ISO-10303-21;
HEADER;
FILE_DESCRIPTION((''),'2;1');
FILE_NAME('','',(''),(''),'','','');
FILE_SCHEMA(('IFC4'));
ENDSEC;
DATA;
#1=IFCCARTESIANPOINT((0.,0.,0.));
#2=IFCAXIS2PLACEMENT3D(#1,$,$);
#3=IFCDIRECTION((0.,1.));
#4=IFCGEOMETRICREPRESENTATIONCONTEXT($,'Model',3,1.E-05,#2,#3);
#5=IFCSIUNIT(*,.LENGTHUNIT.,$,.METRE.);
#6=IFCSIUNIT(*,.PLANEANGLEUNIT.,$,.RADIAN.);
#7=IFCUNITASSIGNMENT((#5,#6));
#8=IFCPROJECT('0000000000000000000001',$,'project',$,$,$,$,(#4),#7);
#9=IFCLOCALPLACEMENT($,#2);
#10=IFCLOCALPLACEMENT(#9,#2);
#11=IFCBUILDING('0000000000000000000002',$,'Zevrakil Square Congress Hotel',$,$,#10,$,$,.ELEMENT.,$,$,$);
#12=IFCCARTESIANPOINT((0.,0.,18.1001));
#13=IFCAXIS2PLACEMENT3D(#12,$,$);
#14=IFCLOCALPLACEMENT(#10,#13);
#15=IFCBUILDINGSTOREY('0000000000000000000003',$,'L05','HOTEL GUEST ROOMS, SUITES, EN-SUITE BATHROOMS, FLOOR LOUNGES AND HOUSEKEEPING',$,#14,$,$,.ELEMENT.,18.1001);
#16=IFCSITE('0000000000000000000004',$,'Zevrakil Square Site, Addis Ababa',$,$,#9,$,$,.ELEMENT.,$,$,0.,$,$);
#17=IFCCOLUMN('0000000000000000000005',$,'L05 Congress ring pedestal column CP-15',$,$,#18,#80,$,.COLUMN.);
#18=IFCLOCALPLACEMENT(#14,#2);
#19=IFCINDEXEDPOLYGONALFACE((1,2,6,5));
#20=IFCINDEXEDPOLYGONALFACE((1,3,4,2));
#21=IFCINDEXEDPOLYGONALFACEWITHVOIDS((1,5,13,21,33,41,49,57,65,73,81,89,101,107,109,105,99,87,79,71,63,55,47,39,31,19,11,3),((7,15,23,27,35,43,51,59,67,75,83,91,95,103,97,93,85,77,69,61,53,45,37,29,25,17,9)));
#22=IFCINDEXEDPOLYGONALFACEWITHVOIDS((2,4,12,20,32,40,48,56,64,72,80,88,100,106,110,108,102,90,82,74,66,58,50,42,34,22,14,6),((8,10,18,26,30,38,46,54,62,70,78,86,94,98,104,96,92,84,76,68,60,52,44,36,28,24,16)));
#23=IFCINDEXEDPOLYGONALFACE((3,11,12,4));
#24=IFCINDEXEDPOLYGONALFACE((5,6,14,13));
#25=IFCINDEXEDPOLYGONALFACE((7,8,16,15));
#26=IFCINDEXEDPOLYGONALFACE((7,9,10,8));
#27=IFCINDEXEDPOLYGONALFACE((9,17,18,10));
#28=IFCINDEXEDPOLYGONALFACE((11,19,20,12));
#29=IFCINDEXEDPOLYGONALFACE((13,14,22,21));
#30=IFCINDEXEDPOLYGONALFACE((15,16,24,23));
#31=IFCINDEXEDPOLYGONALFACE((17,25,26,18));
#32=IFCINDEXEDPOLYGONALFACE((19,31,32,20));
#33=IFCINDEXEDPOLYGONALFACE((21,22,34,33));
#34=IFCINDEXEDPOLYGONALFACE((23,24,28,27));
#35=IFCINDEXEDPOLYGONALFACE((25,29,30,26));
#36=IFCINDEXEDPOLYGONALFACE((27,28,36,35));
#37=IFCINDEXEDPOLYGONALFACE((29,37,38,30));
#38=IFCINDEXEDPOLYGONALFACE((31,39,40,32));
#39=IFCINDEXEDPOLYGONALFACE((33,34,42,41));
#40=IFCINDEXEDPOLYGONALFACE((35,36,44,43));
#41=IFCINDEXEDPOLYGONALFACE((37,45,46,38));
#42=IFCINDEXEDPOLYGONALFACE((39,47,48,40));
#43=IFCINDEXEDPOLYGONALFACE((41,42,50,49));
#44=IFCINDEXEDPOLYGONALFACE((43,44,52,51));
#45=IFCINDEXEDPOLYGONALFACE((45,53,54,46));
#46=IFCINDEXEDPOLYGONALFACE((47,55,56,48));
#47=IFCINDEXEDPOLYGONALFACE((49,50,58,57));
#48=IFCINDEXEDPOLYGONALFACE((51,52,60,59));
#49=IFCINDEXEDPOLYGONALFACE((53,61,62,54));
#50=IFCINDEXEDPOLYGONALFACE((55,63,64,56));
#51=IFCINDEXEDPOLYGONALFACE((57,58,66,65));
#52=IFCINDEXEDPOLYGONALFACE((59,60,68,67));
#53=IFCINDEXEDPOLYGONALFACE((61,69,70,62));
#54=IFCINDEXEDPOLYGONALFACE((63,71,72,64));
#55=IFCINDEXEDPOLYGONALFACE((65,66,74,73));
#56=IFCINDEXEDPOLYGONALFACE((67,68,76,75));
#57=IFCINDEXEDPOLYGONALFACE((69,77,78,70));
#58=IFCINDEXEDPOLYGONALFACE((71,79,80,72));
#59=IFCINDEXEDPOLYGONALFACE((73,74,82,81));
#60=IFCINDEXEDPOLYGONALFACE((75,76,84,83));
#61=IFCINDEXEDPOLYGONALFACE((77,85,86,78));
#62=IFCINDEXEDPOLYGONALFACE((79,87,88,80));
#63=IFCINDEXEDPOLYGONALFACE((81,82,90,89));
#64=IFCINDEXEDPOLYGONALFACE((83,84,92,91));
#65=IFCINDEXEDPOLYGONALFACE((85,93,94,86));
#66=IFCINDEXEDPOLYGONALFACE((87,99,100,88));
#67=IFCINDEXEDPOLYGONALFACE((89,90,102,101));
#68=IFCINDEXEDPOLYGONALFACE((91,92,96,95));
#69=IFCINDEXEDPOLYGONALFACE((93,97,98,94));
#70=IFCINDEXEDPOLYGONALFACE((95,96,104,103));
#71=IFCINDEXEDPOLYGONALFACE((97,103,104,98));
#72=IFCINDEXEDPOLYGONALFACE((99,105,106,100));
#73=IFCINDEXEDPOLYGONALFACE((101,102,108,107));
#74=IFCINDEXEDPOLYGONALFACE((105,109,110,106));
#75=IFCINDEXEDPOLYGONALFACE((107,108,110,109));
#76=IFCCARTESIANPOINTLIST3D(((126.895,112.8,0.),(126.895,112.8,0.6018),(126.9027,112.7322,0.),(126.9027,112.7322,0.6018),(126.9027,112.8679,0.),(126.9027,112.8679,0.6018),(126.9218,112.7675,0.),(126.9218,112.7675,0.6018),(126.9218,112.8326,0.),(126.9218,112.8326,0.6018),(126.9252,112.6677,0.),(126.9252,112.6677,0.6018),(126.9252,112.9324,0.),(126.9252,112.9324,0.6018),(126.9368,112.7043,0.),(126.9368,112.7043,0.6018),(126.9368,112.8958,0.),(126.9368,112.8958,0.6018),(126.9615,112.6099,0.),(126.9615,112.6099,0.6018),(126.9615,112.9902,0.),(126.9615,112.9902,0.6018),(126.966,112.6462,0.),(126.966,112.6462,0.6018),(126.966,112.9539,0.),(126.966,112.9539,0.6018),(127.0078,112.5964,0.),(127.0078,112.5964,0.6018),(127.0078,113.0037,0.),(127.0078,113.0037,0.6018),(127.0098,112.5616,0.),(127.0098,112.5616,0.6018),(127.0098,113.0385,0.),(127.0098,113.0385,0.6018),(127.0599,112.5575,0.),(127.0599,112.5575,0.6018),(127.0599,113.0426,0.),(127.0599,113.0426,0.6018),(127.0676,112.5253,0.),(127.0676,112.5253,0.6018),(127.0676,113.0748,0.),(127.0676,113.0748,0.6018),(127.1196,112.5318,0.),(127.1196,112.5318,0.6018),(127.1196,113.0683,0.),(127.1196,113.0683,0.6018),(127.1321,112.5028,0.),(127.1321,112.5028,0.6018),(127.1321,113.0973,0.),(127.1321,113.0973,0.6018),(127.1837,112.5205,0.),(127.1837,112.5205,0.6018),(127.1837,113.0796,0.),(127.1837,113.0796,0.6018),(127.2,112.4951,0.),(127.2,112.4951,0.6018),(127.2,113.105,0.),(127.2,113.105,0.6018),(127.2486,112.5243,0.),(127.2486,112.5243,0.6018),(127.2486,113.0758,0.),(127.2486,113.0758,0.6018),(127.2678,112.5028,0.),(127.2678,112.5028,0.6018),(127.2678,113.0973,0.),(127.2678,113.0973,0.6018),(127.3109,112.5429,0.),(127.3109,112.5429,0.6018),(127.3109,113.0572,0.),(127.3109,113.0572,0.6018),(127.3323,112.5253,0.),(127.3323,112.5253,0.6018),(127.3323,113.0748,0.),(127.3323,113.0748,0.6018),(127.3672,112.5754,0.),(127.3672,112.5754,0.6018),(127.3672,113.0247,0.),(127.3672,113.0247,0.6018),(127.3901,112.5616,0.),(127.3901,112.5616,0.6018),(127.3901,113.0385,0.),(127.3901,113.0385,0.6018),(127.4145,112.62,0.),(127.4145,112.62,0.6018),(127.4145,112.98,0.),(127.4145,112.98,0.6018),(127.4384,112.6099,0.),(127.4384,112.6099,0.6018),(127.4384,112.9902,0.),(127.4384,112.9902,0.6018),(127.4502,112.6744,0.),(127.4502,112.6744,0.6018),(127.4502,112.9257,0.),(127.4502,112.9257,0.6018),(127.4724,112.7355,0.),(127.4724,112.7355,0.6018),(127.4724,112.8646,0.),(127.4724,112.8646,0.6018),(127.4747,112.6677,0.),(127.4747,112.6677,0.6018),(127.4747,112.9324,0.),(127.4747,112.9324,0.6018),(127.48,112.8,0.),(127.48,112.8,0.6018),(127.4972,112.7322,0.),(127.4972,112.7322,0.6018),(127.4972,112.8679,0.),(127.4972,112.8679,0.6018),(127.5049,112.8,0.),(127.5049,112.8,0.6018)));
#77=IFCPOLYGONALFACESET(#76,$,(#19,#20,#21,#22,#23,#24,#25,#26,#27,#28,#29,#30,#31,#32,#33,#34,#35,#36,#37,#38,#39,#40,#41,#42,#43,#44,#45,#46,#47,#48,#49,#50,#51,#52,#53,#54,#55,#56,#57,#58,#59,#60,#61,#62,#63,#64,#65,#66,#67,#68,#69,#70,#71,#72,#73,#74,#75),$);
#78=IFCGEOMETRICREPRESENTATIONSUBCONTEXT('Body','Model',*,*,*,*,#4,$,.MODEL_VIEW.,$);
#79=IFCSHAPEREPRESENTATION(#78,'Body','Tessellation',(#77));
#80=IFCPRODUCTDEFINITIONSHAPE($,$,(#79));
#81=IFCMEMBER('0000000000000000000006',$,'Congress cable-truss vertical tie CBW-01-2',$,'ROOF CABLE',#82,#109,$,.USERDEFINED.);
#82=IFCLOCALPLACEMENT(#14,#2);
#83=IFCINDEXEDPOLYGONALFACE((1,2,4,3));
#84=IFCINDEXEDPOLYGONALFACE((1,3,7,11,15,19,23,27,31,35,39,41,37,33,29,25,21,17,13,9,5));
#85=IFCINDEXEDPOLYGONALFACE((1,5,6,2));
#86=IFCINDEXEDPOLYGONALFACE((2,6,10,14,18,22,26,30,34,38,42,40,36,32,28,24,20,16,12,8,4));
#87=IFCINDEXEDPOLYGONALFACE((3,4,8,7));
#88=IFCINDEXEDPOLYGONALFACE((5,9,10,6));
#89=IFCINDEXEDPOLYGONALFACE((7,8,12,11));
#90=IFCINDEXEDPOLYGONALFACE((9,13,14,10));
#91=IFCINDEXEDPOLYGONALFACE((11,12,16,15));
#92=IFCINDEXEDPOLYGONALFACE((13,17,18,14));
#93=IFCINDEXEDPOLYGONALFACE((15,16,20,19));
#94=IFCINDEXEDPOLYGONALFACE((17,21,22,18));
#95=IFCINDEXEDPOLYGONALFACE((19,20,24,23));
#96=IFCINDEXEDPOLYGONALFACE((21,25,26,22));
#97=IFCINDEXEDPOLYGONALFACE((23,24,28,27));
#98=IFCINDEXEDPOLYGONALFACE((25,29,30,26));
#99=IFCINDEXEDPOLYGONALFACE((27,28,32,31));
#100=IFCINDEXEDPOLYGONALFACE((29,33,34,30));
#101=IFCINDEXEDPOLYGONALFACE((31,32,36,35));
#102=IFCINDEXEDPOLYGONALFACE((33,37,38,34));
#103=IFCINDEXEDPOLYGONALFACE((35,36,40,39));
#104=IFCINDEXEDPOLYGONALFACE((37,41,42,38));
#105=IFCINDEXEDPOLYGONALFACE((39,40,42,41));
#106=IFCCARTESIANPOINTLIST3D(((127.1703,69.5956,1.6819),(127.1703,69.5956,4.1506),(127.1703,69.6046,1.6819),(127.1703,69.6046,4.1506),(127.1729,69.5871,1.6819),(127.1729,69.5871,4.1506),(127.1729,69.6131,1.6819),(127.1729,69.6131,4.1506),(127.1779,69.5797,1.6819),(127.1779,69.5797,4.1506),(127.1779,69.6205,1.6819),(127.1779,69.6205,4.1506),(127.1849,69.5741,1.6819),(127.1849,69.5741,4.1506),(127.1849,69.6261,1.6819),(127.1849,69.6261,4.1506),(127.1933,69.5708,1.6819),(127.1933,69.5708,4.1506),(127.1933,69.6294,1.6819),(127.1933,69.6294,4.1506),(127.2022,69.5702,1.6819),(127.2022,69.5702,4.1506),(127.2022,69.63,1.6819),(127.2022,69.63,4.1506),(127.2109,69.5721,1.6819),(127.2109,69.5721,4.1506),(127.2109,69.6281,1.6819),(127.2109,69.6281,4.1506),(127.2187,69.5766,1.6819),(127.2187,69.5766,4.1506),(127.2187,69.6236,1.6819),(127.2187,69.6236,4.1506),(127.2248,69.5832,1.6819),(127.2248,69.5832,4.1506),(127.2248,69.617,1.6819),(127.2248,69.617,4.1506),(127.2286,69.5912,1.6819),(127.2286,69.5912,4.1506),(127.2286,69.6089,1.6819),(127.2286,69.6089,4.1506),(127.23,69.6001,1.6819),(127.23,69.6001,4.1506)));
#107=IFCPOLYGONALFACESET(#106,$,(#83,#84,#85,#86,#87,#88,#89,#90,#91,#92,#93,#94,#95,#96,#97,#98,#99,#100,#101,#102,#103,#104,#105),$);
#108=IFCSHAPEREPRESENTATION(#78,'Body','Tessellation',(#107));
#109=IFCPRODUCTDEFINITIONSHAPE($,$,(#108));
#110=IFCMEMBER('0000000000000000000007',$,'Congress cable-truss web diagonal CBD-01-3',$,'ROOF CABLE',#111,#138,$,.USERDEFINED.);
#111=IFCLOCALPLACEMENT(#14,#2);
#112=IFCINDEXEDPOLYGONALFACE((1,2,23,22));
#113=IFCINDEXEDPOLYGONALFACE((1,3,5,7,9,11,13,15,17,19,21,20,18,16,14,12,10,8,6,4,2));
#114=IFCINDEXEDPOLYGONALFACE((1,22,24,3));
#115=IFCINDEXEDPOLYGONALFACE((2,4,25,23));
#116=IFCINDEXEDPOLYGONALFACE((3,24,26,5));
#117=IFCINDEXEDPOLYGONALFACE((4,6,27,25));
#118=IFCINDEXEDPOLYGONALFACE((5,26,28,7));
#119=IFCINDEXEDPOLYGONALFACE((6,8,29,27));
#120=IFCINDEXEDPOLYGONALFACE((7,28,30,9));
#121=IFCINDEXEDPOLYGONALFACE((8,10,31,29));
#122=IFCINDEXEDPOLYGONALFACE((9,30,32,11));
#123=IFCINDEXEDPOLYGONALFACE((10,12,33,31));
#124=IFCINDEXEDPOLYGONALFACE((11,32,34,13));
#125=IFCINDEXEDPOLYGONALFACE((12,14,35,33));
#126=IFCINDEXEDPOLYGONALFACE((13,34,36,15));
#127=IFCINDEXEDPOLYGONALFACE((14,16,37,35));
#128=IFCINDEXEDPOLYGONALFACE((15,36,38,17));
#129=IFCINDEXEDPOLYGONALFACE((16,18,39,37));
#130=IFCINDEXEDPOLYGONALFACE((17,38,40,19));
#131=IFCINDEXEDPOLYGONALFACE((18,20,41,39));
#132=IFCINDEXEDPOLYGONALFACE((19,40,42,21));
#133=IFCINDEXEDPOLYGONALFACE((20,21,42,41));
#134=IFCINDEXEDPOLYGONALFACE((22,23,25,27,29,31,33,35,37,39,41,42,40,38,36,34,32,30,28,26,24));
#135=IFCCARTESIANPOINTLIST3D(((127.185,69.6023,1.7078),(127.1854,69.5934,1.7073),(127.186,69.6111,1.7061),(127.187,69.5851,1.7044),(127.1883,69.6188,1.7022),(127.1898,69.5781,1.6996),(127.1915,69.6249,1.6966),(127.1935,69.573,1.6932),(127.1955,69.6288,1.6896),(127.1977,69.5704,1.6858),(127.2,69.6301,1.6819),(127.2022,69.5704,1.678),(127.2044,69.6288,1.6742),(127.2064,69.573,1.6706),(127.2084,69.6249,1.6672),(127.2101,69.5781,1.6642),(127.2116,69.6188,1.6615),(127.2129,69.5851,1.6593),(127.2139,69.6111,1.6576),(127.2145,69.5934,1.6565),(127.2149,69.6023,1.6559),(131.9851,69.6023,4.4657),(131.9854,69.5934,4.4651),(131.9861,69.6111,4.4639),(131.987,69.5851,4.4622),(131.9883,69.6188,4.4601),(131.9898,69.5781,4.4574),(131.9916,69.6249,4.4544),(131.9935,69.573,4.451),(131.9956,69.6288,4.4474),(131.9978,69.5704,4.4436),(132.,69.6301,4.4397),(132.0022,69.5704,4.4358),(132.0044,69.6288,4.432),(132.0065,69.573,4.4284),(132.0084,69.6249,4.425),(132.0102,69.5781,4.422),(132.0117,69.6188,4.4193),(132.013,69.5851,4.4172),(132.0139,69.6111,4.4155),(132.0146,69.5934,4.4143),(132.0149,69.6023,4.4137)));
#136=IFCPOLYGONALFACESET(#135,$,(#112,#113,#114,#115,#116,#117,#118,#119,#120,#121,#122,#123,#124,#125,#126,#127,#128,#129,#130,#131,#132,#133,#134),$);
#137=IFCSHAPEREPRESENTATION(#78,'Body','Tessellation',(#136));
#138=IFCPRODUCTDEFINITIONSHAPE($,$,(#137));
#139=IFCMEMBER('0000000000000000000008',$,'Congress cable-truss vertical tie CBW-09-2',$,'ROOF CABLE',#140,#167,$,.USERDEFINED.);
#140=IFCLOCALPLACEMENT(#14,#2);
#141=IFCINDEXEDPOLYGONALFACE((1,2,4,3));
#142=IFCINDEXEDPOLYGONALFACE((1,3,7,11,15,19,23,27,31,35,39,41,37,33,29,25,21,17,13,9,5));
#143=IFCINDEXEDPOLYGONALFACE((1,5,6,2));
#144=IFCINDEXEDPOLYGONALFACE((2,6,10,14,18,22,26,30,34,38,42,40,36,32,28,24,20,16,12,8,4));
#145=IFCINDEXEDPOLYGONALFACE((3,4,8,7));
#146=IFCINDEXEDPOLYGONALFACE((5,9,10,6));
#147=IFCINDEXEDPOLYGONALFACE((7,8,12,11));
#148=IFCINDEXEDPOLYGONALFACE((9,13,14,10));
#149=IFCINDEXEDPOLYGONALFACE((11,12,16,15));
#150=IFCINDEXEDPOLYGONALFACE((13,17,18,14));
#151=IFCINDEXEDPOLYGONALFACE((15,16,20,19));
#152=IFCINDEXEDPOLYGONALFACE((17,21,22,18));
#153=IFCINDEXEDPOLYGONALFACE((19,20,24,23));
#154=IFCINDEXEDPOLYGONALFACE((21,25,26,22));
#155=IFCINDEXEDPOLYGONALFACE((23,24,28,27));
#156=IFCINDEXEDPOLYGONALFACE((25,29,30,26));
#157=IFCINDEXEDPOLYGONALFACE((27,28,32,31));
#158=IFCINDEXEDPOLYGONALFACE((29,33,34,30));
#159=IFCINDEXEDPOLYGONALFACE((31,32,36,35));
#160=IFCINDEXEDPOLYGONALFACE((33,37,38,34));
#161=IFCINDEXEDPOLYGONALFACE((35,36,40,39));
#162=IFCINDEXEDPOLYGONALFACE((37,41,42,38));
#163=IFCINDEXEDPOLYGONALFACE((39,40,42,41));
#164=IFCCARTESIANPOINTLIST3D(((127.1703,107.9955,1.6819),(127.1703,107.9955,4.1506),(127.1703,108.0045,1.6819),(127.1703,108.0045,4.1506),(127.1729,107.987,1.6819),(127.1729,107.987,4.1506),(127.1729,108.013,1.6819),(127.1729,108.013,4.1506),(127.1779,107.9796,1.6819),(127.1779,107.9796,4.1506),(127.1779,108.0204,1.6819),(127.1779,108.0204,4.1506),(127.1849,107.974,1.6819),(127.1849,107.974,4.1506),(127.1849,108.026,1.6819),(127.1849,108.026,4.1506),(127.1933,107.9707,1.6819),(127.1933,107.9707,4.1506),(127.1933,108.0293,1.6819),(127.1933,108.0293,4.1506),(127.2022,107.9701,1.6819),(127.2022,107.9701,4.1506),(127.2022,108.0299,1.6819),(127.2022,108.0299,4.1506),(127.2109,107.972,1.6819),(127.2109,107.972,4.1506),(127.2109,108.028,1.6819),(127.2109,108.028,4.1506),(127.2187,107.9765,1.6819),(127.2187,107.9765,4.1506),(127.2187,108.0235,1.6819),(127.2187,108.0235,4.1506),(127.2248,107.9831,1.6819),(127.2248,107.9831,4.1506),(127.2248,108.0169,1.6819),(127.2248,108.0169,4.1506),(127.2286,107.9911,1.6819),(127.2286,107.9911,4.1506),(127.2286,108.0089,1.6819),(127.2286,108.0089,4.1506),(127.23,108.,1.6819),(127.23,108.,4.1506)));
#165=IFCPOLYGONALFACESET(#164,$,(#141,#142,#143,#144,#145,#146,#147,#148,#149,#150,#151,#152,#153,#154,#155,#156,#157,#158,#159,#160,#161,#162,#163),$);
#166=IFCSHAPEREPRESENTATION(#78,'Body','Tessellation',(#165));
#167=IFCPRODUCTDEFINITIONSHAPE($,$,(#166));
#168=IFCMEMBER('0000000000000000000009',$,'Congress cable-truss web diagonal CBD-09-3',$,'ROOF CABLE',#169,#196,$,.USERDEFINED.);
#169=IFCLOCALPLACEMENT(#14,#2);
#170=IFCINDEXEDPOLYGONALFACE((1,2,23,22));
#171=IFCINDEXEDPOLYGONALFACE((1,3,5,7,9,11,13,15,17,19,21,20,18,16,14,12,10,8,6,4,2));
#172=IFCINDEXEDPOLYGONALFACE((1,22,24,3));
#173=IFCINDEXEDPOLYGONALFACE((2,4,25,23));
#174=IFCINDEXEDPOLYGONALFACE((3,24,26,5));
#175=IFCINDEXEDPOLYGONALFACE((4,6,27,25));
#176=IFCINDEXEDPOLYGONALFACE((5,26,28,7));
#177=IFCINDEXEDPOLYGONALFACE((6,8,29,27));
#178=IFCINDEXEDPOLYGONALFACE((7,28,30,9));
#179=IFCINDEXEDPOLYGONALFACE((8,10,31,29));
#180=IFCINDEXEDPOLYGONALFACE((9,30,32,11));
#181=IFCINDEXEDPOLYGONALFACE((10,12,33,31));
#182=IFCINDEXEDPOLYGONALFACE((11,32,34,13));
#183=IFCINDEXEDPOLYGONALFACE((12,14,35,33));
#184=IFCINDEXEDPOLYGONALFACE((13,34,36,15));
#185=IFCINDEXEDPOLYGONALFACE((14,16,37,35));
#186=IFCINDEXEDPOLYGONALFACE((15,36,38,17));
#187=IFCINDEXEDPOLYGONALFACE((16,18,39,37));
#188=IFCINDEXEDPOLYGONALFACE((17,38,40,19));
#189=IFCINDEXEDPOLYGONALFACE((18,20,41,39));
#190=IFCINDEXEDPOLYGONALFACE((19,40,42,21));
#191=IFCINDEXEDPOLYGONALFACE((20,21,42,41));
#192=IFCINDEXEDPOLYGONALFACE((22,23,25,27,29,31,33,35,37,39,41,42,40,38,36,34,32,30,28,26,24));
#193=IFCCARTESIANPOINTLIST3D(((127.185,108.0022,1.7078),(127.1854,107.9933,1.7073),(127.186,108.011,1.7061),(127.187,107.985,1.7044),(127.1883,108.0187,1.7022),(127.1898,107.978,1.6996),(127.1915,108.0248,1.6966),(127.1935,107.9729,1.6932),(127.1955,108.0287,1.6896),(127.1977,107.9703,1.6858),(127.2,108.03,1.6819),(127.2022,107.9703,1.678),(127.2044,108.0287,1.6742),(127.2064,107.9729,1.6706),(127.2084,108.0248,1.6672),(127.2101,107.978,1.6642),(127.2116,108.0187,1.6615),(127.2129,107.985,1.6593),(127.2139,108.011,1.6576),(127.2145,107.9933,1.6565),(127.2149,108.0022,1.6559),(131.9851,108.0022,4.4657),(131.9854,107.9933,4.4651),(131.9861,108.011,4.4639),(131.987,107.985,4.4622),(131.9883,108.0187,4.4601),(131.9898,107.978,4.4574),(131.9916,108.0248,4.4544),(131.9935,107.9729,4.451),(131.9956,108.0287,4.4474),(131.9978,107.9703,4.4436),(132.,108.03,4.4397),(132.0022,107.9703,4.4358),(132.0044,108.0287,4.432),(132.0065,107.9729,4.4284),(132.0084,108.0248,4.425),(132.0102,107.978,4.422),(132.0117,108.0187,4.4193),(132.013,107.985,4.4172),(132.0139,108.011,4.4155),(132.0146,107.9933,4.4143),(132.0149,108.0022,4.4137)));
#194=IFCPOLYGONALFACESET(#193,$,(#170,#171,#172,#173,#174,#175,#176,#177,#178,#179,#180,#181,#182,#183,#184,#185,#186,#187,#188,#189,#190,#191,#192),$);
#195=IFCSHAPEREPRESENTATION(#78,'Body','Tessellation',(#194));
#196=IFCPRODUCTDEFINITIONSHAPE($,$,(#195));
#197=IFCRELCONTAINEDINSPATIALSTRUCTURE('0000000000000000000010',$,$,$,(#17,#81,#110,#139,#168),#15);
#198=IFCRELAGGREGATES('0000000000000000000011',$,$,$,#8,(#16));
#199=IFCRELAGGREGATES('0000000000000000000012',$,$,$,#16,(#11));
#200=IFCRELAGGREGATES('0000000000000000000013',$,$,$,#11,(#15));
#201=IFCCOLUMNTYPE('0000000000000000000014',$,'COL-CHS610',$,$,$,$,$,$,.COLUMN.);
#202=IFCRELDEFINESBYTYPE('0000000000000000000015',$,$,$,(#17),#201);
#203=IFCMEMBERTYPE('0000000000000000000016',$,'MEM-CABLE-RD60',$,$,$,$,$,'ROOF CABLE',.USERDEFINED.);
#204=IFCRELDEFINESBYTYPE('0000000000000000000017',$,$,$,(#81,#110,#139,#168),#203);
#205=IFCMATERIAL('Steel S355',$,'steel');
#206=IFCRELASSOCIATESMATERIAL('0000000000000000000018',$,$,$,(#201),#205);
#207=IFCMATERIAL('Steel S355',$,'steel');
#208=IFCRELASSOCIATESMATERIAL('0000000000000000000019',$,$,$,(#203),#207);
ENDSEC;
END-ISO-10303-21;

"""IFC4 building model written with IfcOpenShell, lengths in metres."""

from ifc_helpers import new_model, si_unit, direction, frame, origin, origin_2d, place, context, subcontext, project, spatial, circle, hollow_circle, extrude, material, material_profile, profile_set, type_object, element, save


model = new_model("IFC4")

# Units and contexts
model_context = context("Model", 3, precision=1e-05, world=origin(), true_north=direction((0.0, 1.0)))
body_context = subcontext(model_context, "Body", "Model", "MODEL_VIEW")
ifc_project = project(units=[si_unit("LENGTHUNIT", "METRE"), si_unit("PLANEANGLEUNIT", "RADIAN")], contexts=[model_context])

# Site, building, storey
site_placement = place(None, origin())
site = spatial("IfcSite", under=ifc_project, at=site_placement, Name="Zevrakil Square Site, Addis Ababa", CompositionType="ELEMENT", RefElevation=0.0)
building_placement = place(site_placement, origin())
building = spatial("IfcBuilding", under=site, at=building_placement, Name="Zevrakil Square Congress Hotel", CompositionType="ELEMENT")
storey_placement = place(building_placement, frame((0.0, 0.0, 18.1001)))
storey = spatial("IfcBuildingStorey", under=building, at=storey_placement, Name="L05", Description="HOTEL GUEST ROOMS, SUITES, EN-SUITE BATHROOMS, FLOOR LOUNGES AND HOUSEKEEPING", CompositionType="ELEMENT", Elevation=18.1001)

# Column
ifc_material_1 = material(Name="Steel S355", Category="steel")
ifc_material_profile_1 = material_profile(ifc_material_1, hollow_circle(Radius=0.3049, WallThickness=0.0249, at=origin_2d()), Name="CHS 610x25")
ifc_profile_set_1 = profile_set([ifc_material_profile_1], Name="Steel S355")
column_type = type_object("IfcColumnType", Name="COL-CHS610", PredefinedType="COLUMN", material=ifc_profile_set_1)
column_placement = place(storey_placement, frame((127.2, 112.8, 0.0), z_axis=(0.0, 0.0, 1.0), x_axis=(1.0, 0.0, 0.0)))
element("IfcColumn", 1, at=column_placement, inside=storey, type_object=column_type, Name="L05 Congress ring pedestal column CP-15", PredefinedType="COLUMN", context=body_context, shape_type="SweptSolid", body=[
    extrude(hollow_circle(Radius=0.3049, WallThickness=0.0249, at=origin_2d()), origin(), (0.0, 0.0, 1.0), 0.6018),
])

# Members
ifc_material_2 = material(Name="Steel S355", Category="steel")
ifc_material_profile_2 = material_profile(ifc_material_2, circle(Radius=0.03, at=origin_2d()), Name="CABLE RD60")
ifc_profile_set_2 = profile_set([ifc_material_profile_2], Name="Steel S355")
member_type_1 = type_object("IfcMemberType", Name="MEM-CABLE-RD60", ElementType="ROOF CABLE", PredefinedType="USERDEFINED", material=ifc_profile_set_2)
member_1_placement = place(storey_placement, frame((127.2, 69.6001, 1.6819), z_axis=(0.0, 0.0, 1.0), x_axis=(1.0, 0.0, 0.0)))
element("IfcMember", 2, at=member_1_placement, inside=storey, type_object=member_type_1, Name="Congress cable-truss vertical tie CBW-01-2", ObjectType="ROOF CABLE", PredefinedType="USERDEFINED", context=body_context, shape_type="SweptSolid", body=[
    extrude(circle(Radius=0.03, at=origin_2d()), origin(), (0.0, 0.0, 1.0), 2.4688),
])
member_2_placement = place(storey_placement, frame((127.2, 69.6001, 1.6819), z_axis=(0.867079, 0.0, 0.49817), x_axis=(0.0, 1.0, 0.0)))
element("IfcMember", 3, at=member_2_placement, inside=storey, type_object=member_type_1, Name="Congress cable-truss web diagonal CBD-01-3", ObjectType="ROOF CABLE", PredefinedType="USERDEFINED", context=body_context, shape_type="SweptSolid", body=[
    extrude(circle(Radius=0.03, at=origin_2d()), origin(), (0.0, 0.0, 1.0), 5.5359),
])
member_3_placement = place(storey_placement, frame((127.2, 108.0, 1.6819), z_axis=(0.0, 0.0, 1.0), x_axis=(1.0, 0.0, 0.0)))
element("IfcMember", 4, at=member_3_placement, inside=storey, type_object=member_type_1, Name="Congress cable-truss vertical tie CBW-09-2", ObjectType="ROOF CABLE", PredefinedType="USERDEFINED", context=body_context, shape_type="SweptSolid", body=[
    extrude(circle(Radius=0.03, at=origin_2d()), origin(), (0.0, 0.0, 1.0), 2.4688),
])
member_4_placement = place(storey_placement, frame((127.2, 108.0, 1.6819), z_axis=(0.867079, 0.0, 0.49817), x_axis=(0.0, 1.0, 0.0)))
element("IfcMember", 5, at=member_4_placement, inside=storey, type_object=member_type_1, Name="Congress cable-truss web diagonal CBD-09-3", ObjectType="ROOF CABLE", PredefinedType="USERDEFINED", context=body_context, shape_type="SweptSolid", body=[
    extrude(circle(Radius=0.03, at=origin_2d()), origin(), (0.0, 0.0, 1.0), 5.5359),
])

save(model, "model.ifc")
